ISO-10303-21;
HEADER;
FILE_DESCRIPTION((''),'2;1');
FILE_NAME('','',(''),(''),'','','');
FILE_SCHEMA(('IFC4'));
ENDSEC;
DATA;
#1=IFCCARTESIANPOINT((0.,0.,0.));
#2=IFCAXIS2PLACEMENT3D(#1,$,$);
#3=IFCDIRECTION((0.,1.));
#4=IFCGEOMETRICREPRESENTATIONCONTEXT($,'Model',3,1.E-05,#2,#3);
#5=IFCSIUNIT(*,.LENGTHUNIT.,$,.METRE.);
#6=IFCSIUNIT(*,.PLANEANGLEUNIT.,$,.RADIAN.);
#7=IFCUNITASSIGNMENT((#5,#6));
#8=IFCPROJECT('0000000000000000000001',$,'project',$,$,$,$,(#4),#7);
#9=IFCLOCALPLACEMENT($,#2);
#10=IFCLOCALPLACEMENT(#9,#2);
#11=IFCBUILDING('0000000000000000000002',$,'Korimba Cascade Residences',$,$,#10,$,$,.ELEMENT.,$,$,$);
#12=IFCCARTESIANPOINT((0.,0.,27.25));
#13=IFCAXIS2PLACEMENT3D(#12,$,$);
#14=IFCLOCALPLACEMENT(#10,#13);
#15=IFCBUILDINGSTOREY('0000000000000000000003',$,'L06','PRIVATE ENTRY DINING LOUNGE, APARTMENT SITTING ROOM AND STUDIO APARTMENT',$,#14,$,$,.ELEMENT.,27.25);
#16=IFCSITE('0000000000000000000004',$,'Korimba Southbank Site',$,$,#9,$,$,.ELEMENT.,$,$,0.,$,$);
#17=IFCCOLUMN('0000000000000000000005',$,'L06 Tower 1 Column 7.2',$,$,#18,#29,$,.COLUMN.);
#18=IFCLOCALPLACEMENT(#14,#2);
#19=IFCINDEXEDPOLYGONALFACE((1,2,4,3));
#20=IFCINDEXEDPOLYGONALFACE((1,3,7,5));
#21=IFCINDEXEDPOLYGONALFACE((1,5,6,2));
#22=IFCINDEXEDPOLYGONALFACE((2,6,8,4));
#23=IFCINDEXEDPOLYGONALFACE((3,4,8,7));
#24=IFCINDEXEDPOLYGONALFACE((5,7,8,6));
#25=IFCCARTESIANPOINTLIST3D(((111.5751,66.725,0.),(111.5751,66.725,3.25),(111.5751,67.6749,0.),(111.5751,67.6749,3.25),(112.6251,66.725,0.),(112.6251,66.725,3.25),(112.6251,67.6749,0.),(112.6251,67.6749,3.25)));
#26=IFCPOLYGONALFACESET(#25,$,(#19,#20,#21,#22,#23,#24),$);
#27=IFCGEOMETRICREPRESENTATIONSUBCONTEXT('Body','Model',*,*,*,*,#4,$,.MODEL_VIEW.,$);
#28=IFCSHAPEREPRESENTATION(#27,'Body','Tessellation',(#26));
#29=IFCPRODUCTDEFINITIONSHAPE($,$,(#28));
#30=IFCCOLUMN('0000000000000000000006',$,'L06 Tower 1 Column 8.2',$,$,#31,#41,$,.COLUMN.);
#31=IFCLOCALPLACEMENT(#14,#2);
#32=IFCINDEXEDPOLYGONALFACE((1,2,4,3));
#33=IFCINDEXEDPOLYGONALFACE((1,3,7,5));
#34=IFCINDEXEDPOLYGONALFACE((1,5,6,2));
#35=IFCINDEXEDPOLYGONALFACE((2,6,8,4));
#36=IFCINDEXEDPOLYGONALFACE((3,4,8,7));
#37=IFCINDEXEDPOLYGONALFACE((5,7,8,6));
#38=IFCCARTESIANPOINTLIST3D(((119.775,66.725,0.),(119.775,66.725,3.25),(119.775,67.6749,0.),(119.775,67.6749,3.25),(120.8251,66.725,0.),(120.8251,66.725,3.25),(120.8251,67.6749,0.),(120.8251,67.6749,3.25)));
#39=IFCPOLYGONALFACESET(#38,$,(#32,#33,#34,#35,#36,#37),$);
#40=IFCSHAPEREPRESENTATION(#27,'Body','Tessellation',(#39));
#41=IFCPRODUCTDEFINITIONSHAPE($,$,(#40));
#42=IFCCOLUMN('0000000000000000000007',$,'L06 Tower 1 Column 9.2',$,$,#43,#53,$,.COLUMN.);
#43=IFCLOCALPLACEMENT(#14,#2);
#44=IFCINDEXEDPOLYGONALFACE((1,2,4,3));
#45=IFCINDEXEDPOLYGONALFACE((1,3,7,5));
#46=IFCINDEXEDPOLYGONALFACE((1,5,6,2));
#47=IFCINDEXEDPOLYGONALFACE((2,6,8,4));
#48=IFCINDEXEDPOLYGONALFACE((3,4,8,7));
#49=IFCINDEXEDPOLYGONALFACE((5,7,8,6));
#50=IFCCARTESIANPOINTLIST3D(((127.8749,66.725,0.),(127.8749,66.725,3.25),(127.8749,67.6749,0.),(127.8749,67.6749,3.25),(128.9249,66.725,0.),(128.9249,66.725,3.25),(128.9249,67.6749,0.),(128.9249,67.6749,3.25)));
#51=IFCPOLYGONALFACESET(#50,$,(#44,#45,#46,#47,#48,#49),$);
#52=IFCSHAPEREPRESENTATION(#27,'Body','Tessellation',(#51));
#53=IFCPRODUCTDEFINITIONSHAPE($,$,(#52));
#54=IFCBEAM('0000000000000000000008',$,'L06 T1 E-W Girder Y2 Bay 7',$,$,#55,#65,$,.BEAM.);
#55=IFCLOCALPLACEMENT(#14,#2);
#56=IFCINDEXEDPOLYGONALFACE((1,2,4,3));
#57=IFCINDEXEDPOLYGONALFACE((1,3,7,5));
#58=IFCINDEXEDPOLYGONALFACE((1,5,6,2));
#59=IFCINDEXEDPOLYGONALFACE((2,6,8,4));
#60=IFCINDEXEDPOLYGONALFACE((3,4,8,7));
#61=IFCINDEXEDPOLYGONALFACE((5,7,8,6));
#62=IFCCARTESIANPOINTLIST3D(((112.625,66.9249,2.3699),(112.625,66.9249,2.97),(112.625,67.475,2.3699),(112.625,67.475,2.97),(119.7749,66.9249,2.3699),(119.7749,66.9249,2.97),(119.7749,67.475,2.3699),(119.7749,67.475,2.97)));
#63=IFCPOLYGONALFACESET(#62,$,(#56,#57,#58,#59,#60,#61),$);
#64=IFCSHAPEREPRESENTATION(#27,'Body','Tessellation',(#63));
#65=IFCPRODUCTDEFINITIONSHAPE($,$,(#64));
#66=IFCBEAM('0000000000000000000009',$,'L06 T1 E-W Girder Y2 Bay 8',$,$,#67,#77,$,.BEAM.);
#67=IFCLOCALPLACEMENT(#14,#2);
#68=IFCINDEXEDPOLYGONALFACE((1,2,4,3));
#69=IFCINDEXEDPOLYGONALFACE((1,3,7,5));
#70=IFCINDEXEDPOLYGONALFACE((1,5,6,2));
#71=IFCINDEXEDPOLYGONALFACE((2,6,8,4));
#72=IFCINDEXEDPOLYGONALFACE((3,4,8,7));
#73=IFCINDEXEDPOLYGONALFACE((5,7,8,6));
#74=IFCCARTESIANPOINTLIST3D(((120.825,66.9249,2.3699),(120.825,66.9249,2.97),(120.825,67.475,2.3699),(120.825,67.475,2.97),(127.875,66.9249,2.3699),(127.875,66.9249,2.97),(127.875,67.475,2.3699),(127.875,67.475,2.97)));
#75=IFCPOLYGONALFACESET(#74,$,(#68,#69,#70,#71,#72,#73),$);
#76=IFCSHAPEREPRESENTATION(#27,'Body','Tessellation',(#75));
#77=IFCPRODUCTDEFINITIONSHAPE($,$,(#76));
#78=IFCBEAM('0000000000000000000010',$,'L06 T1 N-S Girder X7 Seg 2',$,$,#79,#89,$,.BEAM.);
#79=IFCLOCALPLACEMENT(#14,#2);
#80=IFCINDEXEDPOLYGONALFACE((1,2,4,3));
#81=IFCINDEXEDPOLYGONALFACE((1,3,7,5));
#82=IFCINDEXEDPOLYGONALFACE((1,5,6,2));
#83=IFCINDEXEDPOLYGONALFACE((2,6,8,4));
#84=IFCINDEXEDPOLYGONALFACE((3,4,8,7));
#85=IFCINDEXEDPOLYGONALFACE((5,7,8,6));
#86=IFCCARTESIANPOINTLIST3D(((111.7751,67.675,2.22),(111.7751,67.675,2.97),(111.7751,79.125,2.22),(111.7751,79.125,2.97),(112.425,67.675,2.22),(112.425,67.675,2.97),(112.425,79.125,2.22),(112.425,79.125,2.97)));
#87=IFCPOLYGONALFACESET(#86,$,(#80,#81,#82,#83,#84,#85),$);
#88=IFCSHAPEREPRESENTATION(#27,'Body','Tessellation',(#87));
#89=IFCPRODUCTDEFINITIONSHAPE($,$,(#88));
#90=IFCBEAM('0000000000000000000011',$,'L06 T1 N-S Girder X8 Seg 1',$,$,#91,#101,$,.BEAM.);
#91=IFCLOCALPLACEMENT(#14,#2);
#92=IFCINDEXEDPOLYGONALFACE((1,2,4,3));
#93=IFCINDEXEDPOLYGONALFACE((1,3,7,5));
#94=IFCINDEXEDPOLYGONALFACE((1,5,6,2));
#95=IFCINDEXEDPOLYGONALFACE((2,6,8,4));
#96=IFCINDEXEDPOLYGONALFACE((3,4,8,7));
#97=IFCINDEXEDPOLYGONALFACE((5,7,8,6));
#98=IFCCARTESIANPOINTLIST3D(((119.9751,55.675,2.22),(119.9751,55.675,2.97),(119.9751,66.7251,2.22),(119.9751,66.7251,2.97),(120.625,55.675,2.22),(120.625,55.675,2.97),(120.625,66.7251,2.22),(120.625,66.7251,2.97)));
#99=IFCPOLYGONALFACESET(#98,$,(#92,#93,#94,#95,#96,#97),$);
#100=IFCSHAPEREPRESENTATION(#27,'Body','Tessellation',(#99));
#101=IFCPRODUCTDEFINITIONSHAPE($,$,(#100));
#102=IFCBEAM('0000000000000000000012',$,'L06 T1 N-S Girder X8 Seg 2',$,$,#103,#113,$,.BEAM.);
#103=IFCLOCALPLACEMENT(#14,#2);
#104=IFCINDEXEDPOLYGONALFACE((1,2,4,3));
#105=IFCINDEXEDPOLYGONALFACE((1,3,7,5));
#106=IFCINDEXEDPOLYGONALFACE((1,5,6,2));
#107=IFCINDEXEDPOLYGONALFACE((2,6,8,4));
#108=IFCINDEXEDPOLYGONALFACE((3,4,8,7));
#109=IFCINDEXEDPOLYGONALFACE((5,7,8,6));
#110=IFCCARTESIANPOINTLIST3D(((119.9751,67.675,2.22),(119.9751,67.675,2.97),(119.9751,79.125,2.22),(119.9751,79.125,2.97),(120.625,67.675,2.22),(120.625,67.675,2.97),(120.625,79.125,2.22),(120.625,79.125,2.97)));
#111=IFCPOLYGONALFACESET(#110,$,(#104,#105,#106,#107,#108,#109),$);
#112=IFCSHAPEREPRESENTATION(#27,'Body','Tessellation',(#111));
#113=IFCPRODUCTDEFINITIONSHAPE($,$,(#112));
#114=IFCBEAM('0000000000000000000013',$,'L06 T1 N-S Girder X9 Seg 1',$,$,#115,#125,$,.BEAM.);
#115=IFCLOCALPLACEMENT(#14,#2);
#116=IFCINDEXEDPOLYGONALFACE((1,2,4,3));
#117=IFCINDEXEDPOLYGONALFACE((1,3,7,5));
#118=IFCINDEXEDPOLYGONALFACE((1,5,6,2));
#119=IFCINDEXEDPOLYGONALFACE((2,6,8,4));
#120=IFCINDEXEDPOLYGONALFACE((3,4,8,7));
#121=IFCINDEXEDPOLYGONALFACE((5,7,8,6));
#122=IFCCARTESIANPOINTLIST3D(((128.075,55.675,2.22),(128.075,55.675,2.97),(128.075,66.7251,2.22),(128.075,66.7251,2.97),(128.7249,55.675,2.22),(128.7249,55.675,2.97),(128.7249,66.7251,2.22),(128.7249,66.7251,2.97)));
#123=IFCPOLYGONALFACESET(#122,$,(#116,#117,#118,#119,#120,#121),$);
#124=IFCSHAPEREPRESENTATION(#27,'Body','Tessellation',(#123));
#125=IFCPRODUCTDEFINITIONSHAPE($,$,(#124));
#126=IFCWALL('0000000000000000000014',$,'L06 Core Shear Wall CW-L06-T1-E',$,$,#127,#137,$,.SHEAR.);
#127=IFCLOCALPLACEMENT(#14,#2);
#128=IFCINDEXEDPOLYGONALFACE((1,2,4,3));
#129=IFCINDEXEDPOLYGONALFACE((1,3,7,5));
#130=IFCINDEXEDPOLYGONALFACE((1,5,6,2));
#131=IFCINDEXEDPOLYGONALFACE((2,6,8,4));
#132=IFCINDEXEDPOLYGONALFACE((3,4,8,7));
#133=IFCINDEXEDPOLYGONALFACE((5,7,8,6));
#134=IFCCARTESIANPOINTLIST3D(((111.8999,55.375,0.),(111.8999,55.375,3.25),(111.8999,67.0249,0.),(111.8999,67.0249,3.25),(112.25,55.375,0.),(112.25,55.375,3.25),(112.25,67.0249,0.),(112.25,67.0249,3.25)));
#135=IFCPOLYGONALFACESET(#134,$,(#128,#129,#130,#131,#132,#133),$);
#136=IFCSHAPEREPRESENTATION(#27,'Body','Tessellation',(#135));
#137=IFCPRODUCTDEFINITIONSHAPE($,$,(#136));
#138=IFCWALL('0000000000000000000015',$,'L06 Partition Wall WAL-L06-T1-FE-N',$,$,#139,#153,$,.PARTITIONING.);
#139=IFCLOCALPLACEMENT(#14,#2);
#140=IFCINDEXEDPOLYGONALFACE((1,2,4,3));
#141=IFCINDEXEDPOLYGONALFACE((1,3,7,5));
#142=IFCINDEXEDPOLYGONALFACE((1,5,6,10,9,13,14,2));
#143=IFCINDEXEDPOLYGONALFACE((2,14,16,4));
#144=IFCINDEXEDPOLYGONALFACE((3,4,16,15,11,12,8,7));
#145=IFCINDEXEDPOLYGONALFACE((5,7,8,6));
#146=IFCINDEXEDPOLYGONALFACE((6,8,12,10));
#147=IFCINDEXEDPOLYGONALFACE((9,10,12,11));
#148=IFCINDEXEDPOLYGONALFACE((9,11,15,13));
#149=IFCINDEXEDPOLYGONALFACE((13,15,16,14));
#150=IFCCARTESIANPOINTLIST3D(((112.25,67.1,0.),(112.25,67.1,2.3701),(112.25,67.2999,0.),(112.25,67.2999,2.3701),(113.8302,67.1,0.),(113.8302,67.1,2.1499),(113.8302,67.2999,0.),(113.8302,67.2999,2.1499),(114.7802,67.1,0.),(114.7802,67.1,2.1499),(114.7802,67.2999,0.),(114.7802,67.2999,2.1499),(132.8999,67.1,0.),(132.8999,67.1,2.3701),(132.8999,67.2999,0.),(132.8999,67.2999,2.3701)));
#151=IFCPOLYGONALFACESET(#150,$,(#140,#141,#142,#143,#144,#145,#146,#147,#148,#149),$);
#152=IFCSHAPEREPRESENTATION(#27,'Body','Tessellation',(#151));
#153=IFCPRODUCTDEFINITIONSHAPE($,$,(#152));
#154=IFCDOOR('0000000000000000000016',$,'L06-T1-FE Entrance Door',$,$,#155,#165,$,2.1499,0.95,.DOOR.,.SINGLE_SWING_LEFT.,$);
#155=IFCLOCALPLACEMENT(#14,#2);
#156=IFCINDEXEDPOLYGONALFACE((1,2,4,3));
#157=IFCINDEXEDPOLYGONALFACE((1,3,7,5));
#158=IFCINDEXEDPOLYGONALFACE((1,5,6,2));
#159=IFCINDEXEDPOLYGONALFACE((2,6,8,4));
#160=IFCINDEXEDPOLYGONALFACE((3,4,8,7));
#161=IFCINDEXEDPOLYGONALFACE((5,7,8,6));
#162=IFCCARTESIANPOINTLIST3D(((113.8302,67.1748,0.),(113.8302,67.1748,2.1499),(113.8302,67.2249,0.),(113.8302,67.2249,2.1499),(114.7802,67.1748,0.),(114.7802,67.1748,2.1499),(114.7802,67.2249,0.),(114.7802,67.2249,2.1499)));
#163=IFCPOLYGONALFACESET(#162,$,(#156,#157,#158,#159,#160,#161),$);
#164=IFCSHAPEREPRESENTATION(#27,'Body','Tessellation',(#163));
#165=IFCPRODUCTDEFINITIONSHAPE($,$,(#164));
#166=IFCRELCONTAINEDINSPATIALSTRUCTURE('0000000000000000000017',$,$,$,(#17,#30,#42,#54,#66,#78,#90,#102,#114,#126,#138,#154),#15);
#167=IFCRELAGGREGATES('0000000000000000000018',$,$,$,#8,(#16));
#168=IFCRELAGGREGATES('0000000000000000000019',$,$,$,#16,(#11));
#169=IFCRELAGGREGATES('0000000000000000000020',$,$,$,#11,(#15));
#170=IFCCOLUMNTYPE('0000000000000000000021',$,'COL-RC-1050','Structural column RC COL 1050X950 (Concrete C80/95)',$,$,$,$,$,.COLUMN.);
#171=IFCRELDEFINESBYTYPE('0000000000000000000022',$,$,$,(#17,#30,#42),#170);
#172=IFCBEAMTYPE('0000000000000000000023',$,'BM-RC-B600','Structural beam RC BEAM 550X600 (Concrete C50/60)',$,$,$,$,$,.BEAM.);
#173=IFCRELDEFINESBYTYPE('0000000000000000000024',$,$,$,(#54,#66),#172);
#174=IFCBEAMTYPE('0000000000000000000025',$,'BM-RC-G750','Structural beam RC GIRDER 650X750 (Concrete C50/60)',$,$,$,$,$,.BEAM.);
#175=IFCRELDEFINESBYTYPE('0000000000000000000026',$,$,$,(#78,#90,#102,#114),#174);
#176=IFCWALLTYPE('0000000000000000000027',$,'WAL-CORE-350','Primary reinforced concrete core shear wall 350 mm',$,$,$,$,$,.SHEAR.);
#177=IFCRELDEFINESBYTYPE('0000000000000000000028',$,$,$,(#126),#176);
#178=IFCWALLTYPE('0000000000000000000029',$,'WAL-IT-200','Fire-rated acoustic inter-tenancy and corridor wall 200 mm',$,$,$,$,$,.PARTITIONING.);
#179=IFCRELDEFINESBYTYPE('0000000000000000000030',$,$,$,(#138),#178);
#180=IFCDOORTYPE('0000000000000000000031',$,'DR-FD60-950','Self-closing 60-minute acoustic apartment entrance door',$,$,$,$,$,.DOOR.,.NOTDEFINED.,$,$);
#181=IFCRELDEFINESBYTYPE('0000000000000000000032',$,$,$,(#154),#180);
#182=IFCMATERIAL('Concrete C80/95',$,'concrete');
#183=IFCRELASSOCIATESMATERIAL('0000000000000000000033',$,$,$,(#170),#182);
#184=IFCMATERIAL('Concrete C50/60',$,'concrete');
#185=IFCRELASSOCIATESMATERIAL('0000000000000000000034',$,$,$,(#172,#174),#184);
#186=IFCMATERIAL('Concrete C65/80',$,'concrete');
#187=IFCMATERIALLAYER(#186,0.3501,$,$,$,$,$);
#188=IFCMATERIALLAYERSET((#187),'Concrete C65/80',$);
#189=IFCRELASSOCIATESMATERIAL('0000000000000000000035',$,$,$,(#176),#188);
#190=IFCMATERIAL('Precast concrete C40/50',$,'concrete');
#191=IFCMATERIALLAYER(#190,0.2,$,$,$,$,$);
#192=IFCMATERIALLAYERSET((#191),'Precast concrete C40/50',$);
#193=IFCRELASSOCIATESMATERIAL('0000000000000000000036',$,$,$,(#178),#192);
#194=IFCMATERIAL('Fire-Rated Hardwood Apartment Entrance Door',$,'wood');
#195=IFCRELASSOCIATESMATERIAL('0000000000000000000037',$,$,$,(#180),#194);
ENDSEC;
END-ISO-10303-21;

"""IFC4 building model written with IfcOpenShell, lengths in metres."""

from ifc_helpers import new_model, si_unit, direction, frame, frame_2d, origin, origin_2d, place, context, subcontext, project, spatial, rectangle, extrude, material, layer, layer_set, material_profile, profile_set, type_object, element, fill, save


model = new_model("IFC4")

# Units and contexts
model_context = context("Model", 3, precision=1e-05, world=origin(), true_north=direction((0.0, 1.0)))
body_context = subcontext(model_context, "Body", "Model", "MODEL_VIEW")
ifc_project = project(units=[si_unit("LENGTHUNIT", "METRE"), si_unit("PLANEANGLEUNIT", "RADIAN")], contexts=[model_context])

# Site, building, storey
site_placement = place(None, origin())
site = spatial("IfcSite", under=ifc_project, at=site_placement, Name="Korimba Southbank Site", CompositionType="ELEMENT", RefElevation=0.0)
building_placement = place(site_placement, origin())
building = spatial("IfcBuilding", under=site, at=building_placement, Name="Korimba Cascade Residences", CompositionType="ELEMENT")
storey_placement = place(building_placement, frame((0.0, 0.0, 27.25)))
storey = spatial("IfcBuildingStorey", under=building, at=storey_placement, Name="L06", Description="PRIVATE ENTRY DINING LOUNGE, APARTMENT SITTING ROOM AND STUDIO APARTMENT", CompositionType="ELEMENT", Elevation=27.25)

# Columns
ifc_material_1 = material(Name="Concrete C80/95", Category="concrete")
ifc_material_profile_1 = material_profile(ifc_material_1, rectangle(XDim=1.05, YDim=0.95, at=origin_2d()), Name="Concrete C80/95")
ifc_profile_set_1 = profile_set([ifc_material_profile_1], Name="Concrete C80/95")
column_type = type_object("IfcColumnType", Name="COL-RC-1050", Description="Structural column RC COL 1050X950 (Concrete C80/95)", PredefinedType="COLUMN", material=ifc_profile_set_1)
for number, where, z_axis, x_axis, name in (
    (1, (112.1001, 67.2, 0.0), (0.0, 0.0, 1.0), (1.0, 0.0, 0.0), "L06 Tower 1 Column 7.2"),
    (2, (120.3, 67.2, 0.0), (0.0, 0.0, 1.0), (1.0, 0.0, 0.0), "L06 Tower 1 Column 8.2"),
    (3, (128.3999, 67.2, 0.0), (0.0, 0.0, 1.0), (1.0, 0.0, 0.0), "L06 Tower 1 Column 9.2"),
):
    element("IfcColumn", number, at=place(storey_placement, frame(where, z_axis=z_axis, x_axis=x_axis)), inside=storey, type_object=column_type, Name=name, PredefinedType="COLUMN", context=body_context, shape_type="SweptSolid", body=[
        extrude(rectangle(XDim=1.05, YDim=0.95, at=origin_2d()), origin(), (0.0, 0.0, 1.0), 3.25),
    ])

# Beams
ifc_material_2 = material(Name="Concrete C50/60", Category="concrete")
ifc_material_profile_2 = material_profile(ifc_material_2, rectangle(XDim=0.55, YDim=0.6001, at=origin_2d()), Name="Concrete C50/60")
ifc_profile_set_2 = profile_set([ifc_material_profile_2], Name="Concrete C50/60")
beam_type_1 = type_object("IfcBeamType", Name="BM-RC-B600", Description="Structural beam RC BEAM 550X600 (Concrete C50/60)", PredefinedType="BEAM", material=ifc_profile_set_2)
beam_1_placement = place(storey_placement, frame((112.625, 67.2, 2.6699), z_axis=(1.0, 0.0, 0.0), x_axis=(0.0, 1.0, 0.0)))
element("IfcBeam", 4, at=beam_1_placement, inside=storey, type_object=beam_type_1, Name="L06 T1 E-W Girder Y2 Bay 7", PredefinedType="BEAM", context=body_context, shape_type="SweptSolid", body=[
    extrude(rectangle(XDim=0.55, YDim=0.6001, at=origin_2d()), origin(), (0.0, 0.0, 1.0), 7.1499),
])
beam_2_placement = place(storey_placement, frame((120.825, 67.2, 2.6699), z_axis=(1.0, 0.0, 0.0), x_axis=(0.0, 1.0, 0.0)))
element("IfcBeam", 5, at=beam_2_placement, inside=storey, type_object=beam_type_1, Name="L06 T1 E-W Girder Y2 Bay 8", PredefinedType="BEAM", context=body_context, shape_type="SweptSolid", body=[
    extrude(rectangle(XDim=0.55, YDim=0.6001, at=origin_2d()), origin(), (0.0, 0.0, 1.0), 7.05),
])
ifc_material_profile_3 = material_profile(ifc_material_2, rectangle(XDim=0.6499, YDim=0.75, at=origin_2d()), Name="Concrete C50/60")
ifc_profile_set_3 = profile_set([ifc_material_profile_3], Name="Concrete C50/60")
beam_type_2 = type_object("IfcBeamType", Name="BM-RC-G750", Description="Structural beam RC GIRDER 650X750 (Concrete C50/60)", PredefinedType="BEAM", material=ifc_profile_set_3)
beam_3_placement = place(storey_placement, frame((112.1001, 67.675, 2.595), z_axis=(0.0, 1.0, 0.0), x_axis=(-1.0, 0.0, 0.0)))
element("IfcBeam", 6, at=beam_3_placement, inside=storey, type_object=beam_type_2, Name="L06 T1 N-S Girder X7 Seg 2", PredefinedType="BEAM", context=body_context, shape_type="SweptSolid", body=[
    extrude(rectangle(XDim=0.6499, YDim=0.75, at=origin_2d()), origin(), (0.0, 0.0, 1.0), 11.45),
])
beam_4_placement = place(storey_placement, frame((120.3, 55.675, 2.595), z_axis=(0.0, 1.0, 0.0), x_axis=(-1.0, 0.0, 0.0)))
element("IfcBeam", 7, at=beam_4_placement, inside=storey, type_object=beam_type_2, Name="L06 T1 N-S Girder X8 Seg 1", PredefinedType="BEAM", context=body_context, shape_type="SweptSolid", body=[
    extrude(rectangle(XDim=0.6499, YDim=0.75, at=origin_2d()), origin(), (0.0, 0.0, 1.0), 11.05),
])
beam_5_placement = place(storey_placement, frame((120.3, 67.675, 2.595), z_axis=(0.0, 1.0, 0.0), x_axis=(-1.0, 0.0, 0.0)))
element("IfcBeam", 8, at=beam_5_placement, inside=storey, type_object=beam_type_2, Name="L06 T1 N-S Girder X8 Seg 2", PredefinedType="BEAM", context=body_context, shape_type="SweptSolid", body=[
    extrude(rectangle(XDim=0.6499, YDim=0.75, at=origin_2d()), origin(), (0.0, 0.0, 1.0), 11.45),
])
beam_6_placement = place(storey_placement, frame((128.3999, 55.675, 2.595), z_axis=(0.0, 1.0, 0.0), x_axis=(-1.0, 0.0, 0.0)))
element("IfcBeam", 9, at=beam_6_placement, inside=storey, type_object=beam_type_2, Name="L06 T1 N-S Girder X9 Seg 1", PredefinedType="BEAM", context=body_context, shape_type="SweptSolid", body=[
    extrude(rectangle(XDim=0.6499, YDim=0.75, at=origin_2d()), origin(), (0.0, 0.0, 1.0), 11.05),
])

# Wall
ifc_material_3 = material(Name="Concrete C65/80", Category="concrete")
ifc_layer_1 = layer(ifc_material_3, 0.3501)
ifc_layer_set_1 = layer_set([ifc_layer_1], Name="Concrete C65/80")
wall_type_1 = type_object("IfcWallType", Name="WAL-CORE-350", Description="Primary reinforced concrete core shear wall 350 mm", PredefinedType="SHEAR", material=ifc_layer_set_1)
wall_1_placement = place(storey_placement, frame((112.075, 55.375, 0.0), z_axis=(0.0, 0.0, 1.0), x_axis=(0.0, 1.0, 0.0)))
element("IfcWall", 10, at=wall_1_placement, inside=storey, type_object=wall_type_1, Name="L06 Core Shear Wall CW-L06-T1-E", PredefinedType="SHEAR", context=body_context, shape_type="SweptSolid", body=[
    extrude(rectangle(XDim=11.6499, YDim=0.3501, at=frame_2d((5.825, 0.0))), origin(), (0.0, 0.0, 1.0), 3.25),
])

# Wall, opening, door
ifc_material_4 = material(Name="Precast concrete C40/50", Category="concrete")
ifc_layer_2 = layer(ifc_material_4, 0.2)
ifc_layer_set_2 = layer_set([ifc_layer_2], Name="Precast concrete C40/50")
wall_type_2 = type_object("IfcWallType", Name="WAL-IT-200", Description="Fire-rated acoustic inter-tenancy and corridor wall 200 mm", PredefinedType="PARTITIONING", material=ifc_layer_set_2)
wall_2_placement = place(storey_placement, frame((112.25, 67.2, 0.0), z_axis=(0.0, 0.0, 1.0), x_axis=(1.0, 0.0, 0.0)))
wall_2 = element("IfcWall", 11, at=wall_2_placement, inside=storey, type_object=wall_type_2, Name="L06 Partition Wall WAL-L06-T1-FE-N", PredefinedType="PARTITIONING", context=body_context, shape_type="SweptSolid", body=[
    extrude(rectangle(XDim=20.6499, YDim=0.2, at=frame_2d((10.325, 0.0))), origin(), (0.0, 0.0, 1.0), 2.3701),
])
opening_1_placement = place(wall_2_placement, frame((1.5801, 0.0, 0.0)))
opening_1 = element("IfcOpeningElement", 12, at=opening_1_placement, cuts=wall_2, PredefinedType="OPENING", context=body_context, shape_type="SweptSolid", body=[
    extrude(rectangle(XDim=0.95, YDim=2.1499, at=frame_2d((0.4751, 1.075))), frame((0.0, 0.1099, 0.0), z_axis=(0.0, -1.0, 0.0), x_axis=(1.0, 0.0, 0.0)), (0.0, 0.0, 1.0), 0.22),
])
ifc_material_5 = material(Name="Fire-Rated Hardwood Apartment Entrance Door", Category="wood")
door_type_1 = type_object("IfcDoorType", Name="DR-FD60-950", Description="Self-closing 60-minute acoustic apartment entrance door", OperationType="NOTDEFINED", PredefinedType="DOOR", material=ifc_material_5)
door_1_placement = place(opening_1_placement, origin())
door_1 = element("IfcDoor", 13, at=door_1_placement, inside=storey, type_object=door_type_1, Name="L06-T1-FE Entrance Door", OperationType="SINGLE_SWING_LEFT", OverallHeight=2.1499, OverallWidth=0.95, PredefinedType="DOOR", context=body_context, shape_type="SweptSolid", body=[
    extrude(rectangle(XDim=0.95, YDim=2.1499, at=frame_2d((0.4751, 1.075))), frame((0.0, 0.0249, 0.0), z_axis=(0.0, -1.0, 0.0), x_axis=(1.0, 0.0, 0.0)), (0.0, 0.0, 1.0), 0.05),
])
fill(opening_1, door_1)

save(model, "model.ifc")
